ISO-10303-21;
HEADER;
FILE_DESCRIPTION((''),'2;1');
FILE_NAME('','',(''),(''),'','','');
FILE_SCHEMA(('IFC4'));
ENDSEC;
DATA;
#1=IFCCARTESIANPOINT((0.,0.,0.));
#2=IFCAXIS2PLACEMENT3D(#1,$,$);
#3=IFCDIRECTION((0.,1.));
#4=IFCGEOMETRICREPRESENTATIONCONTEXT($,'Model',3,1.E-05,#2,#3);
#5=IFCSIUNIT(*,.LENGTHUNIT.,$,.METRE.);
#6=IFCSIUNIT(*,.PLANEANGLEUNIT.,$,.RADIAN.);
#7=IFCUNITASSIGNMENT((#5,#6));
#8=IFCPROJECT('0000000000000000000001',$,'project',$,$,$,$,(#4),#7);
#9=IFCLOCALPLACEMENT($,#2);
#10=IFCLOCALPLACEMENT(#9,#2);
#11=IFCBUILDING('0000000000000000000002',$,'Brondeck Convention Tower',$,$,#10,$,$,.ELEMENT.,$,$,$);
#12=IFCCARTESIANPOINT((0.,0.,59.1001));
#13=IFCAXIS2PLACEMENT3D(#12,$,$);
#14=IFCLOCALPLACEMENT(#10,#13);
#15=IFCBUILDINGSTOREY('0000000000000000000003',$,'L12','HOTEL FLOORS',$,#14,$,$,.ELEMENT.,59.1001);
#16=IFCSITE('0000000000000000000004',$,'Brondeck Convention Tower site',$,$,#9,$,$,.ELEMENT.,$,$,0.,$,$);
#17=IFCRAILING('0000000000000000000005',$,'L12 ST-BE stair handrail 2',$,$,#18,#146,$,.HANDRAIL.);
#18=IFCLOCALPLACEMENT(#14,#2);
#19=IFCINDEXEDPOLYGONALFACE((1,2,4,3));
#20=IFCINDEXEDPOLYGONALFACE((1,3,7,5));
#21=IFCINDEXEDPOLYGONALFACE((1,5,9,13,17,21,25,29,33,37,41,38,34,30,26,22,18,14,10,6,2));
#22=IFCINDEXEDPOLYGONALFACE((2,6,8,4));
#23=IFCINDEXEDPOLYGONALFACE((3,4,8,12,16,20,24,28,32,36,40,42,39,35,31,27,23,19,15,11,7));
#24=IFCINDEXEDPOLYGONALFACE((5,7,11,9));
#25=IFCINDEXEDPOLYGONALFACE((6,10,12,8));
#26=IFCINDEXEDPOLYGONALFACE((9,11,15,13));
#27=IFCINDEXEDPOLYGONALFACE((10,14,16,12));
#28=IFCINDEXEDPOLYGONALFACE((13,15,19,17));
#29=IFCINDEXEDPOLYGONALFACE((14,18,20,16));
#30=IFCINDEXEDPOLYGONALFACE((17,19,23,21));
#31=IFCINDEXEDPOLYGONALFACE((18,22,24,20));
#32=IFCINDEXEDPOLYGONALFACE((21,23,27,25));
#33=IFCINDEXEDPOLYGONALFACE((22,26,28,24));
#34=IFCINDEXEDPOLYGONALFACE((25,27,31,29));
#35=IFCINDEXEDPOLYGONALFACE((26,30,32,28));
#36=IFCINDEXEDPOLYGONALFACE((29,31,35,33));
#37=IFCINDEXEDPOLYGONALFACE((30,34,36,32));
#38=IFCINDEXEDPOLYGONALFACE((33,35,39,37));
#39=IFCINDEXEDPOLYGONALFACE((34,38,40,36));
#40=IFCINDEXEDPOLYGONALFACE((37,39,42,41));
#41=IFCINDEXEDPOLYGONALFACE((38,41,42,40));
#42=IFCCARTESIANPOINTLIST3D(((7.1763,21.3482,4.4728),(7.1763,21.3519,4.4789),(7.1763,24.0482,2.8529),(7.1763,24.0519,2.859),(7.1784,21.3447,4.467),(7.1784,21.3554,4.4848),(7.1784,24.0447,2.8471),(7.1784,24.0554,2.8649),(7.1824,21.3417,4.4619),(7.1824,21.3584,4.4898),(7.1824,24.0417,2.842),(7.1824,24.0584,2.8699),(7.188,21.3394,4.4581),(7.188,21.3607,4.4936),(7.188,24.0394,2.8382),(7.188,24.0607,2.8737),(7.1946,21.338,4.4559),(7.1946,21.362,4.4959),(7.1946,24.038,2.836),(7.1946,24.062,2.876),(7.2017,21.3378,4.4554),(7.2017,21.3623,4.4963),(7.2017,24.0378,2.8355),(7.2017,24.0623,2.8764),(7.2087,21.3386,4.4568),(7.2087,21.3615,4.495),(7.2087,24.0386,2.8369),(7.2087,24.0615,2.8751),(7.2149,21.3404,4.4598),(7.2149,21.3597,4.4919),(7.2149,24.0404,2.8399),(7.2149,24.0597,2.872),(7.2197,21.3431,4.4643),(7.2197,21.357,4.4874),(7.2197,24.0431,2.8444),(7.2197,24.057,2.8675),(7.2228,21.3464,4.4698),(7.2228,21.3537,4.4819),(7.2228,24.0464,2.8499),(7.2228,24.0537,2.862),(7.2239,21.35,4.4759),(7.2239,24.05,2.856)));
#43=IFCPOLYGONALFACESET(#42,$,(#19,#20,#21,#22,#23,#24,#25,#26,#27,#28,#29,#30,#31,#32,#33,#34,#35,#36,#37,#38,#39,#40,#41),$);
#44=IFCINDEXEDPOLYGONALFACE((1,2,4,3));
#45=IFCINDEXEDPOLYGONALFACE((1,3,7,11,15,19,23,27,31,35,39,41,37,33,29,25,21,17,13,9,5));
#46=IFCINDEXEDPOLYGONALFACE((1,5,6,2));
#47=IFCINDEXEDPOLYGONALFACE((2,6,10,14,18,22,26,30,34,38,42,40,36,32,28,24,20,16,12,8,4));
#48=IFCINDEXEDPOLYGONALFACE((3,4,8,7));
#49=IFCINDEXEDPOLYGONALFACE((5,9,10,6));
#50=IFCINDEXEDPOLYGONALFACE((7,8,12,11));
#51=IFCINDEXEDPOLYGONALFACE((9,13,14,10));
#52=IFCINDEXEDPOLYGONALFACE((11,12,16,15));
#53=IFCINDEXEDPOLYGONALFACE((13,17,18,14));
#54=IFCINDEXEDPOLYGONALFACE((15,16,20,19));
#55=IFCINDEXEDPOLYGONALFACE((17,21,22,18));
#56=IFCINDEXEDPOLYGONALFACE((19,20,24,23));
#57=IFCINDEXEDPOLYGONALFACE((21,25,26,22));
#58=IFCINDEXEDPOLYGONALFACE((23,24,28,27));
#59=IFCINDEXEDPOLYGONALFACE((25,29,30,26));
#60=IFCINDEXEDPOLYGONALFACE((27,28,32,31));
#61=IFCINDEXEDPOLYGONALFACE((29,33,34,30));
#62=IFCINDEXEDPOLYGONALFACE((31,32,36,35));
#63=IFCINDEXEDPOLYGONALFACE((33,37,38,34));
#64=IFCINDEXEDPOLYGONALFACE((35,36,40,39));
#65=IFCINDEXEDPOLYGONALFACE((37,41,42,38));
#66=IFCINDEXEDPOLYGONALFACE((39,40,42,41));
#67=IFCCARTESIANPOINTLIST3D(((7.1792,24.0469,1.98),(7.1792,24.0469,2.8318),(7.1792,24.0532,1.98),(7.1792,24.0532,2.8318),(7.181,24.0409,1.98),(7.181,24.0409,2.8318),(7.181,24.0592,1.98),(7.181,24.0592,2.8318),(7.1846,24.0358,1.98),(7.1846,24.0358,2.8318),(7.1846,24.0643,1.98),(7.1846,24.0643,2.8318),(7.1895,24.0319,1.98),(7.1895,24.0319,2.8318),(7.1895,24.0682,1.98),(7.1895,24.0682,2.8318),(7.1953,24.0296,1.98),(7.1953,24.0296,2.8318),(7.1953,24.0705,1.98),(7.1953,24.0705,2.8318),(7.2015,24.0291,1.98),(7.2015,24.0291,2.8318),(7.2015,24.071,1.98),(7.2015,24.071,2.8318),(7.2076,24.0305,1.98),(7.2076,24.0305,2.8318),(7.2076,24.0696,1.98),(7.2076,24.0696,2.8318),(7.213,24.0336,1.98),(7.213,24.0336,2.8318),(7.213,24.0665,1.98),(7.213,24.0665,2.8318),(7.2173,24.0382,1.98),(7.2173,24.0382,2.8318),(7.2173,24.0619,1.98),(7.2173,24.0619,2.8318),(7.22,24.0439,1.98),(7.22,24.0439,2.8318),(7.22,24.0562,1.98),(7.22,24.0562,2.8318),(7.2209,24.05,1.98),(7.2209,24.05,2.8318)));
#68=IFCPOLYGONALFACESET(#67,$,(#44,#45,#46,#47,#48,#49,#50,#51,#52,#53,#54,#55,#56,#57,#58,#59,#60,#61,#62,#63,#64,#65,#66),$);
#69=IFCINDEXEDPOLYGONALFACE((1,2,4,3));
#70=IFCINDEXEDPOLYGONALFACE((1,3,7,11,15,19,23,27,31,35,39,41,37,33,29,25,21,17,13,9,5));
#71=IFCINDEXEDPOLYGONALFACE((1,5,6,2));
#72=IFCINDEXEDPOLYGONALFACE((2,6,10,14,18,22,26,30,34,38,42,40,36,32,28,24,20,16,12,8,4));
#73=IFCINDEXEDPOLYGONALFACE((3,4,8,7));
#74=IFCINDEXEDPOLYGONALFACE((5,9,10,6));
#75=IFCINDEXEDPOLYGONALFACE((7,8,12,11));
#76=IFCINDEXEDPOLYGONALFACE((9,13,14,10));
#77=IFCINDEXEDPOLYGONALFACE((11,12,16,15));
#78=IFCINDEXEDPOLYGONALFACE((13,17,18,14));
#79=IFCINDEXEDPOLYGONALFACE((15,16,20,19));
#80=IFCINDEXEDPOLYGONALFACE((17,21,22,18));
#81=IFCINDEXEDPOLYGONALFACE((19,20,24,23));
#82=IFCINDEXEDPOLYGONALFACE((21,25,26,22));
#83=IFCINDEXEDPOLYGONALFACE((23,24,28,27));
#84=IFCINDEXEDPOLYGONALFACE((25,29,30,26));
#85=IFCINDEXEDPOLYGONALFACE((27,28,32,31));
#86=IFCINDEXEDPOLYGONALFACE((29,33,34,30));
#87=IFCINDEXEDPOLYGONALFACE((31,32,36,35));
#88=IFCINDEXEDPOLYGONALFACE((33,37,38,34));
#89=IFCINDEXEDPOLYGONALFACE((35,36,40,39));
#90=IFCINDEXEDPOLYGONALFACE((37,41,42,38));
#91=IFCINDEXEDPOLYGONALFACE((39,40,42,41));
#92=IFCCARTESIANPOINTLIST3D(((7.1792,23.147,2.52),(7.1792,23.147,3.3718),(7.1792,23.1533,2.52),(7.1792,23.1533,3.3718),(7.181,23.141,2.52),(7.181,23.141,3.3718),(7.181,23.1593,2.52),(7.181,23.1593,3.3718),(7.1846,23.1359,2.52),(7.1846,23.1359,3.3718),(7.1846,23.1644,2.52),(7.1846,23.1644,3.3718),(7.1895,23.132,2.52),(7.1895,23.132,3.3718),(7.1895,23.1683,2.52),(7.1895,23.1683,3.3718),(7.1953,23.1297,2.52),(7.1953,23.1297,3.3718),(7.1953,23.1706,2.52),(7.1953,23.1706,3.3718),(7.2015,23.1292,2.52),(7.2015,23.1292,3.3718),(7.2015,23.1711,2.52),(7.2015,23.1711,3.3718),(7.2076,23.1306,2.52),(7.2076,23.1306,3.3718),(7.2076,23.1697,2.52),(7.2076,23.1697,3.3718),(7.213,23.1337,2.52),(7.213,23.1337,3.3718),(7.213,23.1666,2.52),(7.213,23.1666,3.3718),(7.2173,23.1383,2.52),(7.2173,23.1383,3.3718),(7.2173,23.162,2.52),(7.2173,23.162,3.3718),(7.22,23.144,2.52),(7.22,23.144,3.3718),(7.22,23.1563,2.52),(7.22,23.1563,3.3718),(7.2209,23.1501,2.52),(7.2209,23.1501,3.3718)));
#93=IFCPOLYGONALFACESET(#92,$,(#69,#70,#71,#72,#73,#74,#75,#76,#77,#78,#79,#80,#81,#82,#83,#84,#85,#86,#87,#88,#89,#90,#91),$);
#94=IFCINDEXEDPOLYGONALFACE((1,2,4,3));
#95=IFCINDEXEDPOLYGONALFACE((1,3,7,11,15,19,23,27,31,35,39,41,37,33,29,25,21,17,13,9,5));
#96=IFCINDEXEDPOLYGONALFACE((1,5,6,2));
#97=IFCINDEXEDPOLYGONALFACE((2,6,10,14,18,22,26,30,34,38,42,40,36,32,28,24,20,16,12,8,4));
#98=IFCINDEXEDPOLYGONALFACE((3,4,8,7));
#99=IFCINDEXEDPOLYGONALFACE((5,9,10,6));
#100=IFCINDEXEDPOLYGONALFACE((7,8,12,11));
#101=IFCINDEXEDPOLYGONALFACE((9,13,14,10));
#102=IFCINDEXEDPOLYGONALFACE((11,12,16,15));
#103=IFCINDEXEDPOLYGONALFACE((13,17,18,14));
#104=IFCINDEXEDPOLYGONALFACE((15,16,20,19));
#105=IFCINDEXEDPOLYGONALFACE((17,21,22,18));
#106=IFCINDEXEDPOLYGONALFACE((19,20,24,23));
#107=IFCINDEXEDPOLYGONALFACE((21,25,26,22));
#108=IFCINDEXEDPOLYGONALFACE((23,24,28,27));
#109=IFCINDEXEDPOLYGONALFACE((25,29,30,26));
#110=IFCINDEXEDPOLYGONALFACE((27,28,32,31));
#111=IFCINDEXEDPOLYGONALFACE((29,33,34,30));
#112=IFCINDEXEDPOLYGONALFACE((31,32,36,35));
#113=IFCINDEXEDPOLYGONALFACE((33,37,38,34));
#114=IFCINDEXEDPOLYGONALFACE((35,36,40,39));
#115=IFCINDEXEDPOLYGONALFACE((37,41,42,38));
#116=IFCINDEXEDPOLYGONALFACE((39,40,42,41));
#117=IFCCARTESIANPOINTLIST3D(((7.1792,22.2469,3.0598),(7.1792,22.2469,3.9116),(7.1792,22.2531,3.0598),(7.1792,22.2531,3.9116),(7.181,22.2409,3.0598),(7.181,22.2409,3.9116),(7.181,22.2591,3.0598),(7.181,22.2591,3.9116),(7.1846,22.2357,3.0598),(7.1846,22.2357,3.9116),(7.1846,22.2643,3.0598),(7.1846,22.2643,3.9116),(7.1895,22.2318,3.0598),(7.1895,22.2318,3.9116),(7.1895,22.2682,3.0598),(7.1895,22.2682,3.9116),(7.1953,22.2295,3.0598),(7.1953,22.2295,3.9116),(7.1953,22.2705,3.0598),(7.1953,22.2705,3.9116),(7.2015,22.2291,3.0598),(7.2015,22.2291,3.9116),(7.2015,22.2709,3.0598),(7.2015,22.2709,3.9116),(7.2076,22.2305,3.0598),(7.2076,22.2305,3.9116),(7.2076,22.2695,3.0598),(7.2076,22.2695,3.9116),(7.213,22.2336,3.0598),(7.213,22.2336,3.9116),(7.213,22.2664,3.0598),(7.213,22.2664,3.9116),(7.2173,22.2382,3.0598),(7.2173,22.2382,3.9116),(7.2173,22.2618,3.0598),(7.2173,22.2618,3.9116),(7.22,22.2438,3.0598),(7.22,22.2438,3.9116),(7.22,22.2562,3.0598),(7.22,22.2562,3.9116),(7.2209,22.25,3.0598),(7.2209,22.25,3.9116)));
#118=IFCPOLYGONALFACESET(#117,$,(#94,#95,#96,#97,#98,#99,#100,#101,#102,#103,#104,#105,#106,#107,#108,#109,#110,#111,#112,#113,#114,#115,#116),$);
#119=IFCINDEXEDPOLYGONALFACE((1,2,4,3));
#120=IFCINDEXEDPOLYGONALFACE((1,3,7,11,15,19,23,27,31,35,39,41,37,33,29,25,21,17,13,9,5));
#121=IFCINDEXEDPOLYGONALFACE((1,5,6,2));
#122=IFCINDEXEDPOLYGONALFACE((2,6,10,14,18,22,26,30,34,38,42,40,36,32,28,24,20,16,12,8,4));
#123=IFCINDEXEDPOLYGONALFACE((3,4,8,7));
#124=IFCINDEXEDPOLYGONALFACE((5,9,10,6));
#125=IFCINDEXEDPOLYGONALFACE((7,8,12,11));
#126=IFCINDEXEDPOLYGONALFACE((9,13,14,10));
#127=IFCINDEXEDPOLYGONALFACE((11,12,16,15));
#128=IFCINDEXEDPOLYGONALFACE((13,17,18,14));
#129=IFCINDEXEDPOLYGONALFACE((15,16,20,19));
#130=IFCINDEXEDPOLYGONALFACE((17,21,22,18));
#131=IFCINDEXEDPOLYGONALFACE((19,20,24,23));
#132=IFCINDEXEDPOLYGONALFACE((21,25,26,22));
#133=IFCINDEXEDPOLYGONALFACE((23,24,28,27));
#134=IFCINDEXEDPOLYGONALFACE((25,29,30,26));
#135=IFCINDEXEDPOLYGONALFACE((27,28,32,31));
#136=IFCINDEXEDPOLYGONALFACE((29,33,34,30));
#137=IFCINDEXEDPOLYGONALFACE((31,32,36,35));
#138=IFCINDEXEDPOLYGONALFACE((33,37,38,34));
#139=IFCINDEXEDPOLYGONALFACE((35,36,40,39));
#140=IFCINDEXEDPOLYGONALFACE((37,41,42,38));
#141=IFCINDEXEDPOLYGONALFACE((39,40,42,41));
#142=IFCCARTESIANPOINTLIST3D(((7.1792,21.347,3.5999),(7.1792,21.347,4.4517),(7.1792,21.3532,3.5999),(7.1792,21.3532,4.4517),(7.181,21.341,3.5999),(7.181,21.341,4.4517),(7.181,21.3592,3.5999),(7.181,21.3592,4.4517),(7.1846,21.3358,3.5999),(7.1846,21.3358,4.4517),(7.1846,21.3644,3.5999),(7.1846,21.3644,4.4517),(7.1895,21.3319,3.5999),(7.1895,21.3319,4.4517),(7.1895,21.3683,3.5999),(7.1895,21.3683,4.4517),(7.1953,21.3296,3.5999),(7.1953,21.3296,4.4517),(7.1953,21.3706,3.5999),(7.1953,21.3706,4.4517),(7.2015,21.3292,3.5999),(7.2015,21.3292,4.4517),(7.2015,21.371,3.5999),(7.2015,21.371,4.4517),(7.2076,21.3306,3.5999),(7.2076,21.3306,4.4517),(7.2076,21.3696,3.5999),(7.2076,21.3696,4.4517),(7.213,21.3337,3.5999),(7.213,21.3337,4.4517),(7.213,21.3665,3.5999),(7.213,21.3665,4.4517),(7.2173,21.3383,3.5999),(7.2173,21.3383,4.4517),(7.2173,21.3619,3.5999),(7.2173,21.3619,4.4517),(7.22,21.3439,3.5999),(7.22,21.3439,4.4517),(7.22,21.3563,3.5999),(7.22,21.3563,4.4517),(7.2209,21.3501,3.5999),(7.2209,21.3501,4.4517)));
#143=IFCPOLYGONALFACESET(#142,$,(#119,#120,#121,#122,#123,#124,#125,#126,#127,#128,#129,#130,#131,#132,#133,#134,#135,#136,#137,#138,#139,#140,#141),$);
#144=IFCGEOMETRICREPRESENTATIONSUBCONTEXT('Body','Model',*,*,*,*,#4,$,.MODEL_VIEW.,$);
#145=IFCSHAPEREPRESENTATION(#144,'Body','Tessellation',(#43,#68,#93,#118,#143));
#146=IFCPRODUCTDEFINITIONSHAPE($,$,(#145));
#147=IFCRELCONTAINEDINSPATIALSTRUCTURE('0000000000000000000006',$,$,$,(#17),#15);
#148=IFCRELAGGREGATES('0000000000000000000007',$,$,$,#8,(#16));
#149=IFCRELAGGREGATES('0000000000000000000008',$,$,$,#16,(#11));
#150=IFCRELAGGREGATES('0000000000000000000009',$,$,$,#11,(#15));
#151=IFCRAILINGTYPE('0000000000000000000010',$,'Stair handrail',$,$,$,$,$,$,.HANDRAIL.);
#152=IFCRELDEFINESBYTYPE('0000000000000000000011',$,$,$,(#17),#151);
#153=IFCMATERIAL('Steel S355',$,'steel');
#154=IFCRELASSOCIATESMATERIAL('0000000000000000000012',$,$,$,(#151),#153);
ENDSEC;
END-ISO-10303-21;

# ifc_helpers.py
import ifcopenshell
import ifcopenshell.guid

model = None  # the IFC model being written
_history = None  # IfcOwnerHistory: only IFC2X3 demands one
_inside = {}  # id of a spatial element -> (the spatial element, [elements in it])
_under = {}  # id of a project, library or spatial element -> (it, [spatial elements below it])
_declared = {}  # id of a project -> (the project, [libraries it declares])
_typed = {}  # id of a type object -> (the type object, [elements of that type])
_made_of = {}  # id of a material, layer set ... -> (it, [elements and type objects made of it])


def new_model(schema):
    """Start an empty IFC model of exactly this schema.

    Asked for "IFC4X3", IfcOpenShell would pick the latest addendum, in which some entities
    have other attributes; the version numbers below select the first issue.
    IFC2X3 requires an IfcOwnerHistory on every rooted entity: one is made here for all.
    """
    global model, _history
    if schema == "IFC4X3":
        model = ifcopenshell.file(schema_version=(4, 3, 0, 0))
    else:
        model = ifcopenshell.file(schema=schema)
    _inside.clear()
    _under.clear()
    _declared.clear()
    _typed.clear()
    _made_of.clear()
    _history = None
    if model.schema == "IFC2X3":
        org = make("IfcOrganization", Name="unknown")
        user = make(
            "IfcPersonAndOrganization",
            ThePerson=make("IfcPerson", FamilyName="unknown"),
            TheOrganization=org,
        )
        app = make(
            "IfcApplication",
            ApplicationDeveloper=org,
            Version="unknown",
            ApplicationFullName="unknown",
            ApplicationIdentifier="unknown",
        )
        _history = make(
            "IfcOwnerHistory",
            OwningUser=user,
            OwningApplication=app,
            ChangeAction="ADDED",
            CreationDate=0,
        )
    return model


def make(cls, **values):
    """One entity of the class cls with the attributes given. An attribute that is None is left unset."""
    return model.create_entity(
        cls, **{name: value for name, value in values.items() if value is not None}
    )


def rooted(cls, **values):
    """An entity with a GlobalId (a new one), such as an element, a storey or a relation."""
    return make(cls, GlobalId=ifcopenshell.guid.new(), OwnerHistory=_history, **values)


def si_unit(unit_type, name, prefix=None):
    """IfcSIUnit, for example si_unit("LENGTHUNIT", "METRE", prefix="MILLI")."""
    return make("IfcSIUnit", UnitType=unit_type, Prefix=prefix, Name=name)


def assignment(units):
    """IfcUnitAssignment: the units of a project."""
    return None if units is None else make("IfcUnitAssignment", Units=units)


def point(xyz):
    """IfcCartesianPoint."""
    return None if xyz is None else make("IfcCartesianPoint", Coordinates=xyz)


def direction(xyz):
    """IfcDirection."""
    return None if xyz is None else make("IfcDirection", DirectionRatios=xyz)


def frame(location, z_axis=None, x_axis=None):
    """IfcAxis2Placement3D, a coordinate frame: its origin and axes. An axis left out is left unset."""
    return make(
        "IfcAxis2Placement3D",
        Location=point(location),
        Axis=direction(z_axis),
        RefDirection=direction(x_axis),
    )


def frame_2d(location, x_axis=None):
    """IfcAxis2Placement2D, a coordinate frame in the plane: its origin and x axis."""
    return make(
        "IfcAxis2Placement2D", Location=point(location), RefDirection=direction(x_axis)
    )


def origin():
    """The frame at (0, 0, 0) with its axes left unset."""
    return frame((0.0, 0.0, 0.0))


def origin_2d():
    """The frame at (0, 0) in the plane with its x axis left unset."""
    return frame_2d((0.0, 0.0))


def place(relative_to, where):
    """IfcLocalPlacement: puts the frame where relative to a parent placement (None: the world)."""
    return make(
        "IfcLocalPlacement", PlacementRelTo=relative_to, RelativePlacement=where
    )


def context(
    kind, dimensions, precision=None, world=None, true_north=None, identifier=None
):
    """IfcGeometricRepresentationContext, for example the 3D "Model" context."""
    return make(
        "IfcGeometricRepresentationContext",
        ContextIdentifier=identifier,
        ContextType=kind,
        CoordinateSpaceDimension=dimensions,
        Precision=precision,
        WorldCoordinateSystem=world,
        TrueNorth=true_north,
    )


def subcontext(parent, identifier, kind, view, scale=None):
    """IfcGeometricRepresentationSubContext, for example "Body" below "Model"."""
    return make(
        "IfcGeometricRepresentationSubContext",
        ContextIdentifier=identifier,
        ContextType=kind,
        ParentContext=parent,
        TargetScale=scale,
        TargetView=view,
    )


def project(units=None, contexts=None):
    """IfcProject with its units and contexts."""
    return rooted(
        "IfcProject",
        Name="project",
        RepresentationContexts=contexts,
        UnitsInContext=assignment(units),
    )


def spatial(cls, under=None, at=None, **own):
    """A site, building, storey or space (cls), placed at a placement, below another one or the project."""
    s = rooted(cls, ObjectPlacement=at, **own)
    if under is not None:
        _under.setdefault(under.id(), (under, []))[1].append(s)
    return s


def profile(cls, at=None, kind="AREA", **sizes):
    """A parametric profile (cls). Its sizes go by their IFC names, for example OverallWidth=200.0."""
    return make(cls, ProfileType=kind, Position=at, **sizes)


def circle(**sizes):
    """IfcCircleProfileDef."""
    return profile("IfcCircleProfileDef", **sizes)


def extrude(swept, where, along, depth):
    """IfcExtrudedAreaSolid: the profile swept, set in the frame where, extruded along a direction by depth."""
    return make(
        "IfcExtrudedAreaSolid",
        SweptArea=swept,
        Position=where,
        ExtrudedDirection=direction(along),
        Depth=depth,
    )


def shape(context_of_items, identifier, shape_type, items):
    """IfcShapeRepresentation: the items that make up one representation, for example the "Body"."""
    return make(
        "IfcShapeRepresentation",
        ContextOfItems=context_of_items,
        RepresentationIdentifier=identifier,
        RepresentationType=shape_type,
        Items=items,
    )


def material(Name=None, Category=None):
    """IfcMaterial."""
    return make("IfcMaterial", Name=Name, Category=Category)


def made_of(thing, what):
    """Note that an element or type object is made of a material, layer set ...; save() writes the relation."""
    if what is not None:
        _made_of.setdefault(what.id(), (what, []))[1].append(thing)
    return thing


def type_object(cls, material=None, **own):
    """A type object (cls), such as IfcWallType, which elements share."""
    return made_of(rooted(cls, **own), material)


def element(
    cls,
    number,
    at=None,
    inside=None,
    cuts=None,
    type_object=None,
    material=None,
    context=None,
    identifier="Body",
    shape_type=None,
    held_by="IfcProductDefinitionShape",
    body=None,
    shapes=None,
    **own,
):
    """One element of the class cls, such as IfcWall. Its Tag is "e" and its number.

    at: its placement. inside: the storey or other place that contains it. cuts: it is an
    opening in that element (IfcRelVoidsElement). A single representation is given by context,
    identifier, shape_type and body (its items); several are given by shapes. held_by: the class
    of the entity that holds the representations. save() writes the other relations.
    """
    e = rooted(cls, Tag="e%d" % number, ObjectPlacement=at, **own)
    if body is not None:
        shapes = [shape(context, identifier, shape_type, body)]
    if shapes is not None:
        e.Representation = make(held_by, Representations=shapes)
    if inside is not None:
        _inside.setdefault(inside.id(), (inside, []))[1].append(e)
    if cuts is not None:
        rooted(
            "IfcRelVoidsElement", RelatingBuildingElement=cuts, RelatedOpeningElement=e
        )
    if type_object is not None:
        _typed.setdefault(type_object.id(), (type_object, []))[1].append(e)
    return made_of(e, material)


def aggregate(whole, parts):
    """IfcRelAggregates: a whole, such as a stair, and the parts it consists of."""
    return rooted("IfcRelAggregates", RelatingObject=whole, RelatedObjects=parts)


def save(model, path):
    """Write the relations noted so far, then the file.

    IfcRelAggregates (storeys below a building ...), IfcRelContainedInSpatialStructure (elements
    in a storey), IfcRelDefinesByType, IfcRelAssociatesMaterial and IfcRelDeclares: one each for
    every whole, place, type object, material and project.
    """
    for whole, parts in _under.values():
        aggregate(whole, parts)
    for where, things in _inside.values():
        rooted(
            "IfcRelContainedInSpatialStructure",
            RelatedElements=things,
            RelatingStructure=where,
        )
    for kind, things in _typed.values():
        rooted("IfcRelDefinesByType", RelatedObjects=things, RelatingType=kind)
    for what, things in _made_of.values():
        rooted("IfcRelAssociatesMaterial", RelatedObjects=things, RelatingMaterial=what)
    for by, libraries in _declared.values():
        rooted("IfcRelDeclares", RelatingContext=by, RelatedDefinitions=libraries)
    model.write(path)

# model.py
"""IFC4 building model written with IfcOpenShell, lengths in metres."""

from ifc_helpers import new_model, si_unit, direction, frame, origin, origin_2d, place, context, subcontext, project, spatial, circle, extrude, material, type_object, element, save


model = new_model("IFC4")

# Units and contexts
model_context = context("Model", 3, precision=1e-05, world=origin(), true_north=direction((0.0, 1.0)))
body_context = subcontext(model_context, "Body", "Model", "MODEL_VIEW")
ifc_project = project(units=[si_unit("LENGTHUNIT", "METRE"), si_unit("PLANEANGLEUNIT", "RADIAN")], contexts=[model_context])

# Site, building, storey
site_placement = place(None, origin())
site = spatial("IfcSite", under=ifc_project, at=site_placement, Name="Brondeck Convention Tower site", CompositionType="ELEMENT", RefElevation=0.0)
building_placement = place(site_placement, origin())
building = spatial("IfcBuilding", under=site, at=building_placement, Name="Brondeck Convention Tower", CompositionType="ELEMENT")
storey_placement = place(building_placement, frame((0.0, 0.0, 59.1001)))
storey = spatial("IfcBuildingStorey", under=building, at=storey_placement, Name="L12", Description="HOTEL FLOORS", CompositionType="ELEMENT", Elevation=59.1001)

# Shared definitions
ifc_material_1 = material(Name="Steel S355", Category="steel")

# Railing
railing_type_1 = type_object("IfcRailingType", Name="Stair handrail", PredefinedType="HANDRAIL", material=ifc_material_1)
railing_1_placement = place(storey_placement, frame((7.2, 24.05, 1.98)))
element("IfcRailing", 1, at=railing_1_placement, inside=storey, type_object=railing_type_1, Name="L12 ST-BE stair handrail 2", PredefinedType="HANDRAIL", context=body_context, shape_type="SweptSolid", body=[
    extrude(circle(Radius=0.0239, at=origin_2d()), frame((0.0, 0.0, 0.876), z_axis=(0.0, -0.857507, 0.514473), x_axis=(1.0, 0.0, 0.0)), (0.0, 0.0, 1.0), 3.1487),
    extrude(circle(Radius=0.021, at=origin_2d()), origin(), (0.0, 0.0, 1.0), 0.8518),
    extrude(circle(Radius=0.021, at=origin_2d()), frame((0.0, -0.8999, 0.54)), (0.0, 0.0, 1.0), 0.8518),
    extrude(circle(Radius=0.021, at=origin_2d()), frame((0.0, -1.8, 1.0798)), (0.0, 0.0, 1.0), 0.8518),
    extrude(circle(Radius=0.021, at=origin_2d()), frame((0.0, -2.7, 1.6199)), (0.0, 0.0, 1.0), 0.8518),
])

save(model, "model.ifc")
